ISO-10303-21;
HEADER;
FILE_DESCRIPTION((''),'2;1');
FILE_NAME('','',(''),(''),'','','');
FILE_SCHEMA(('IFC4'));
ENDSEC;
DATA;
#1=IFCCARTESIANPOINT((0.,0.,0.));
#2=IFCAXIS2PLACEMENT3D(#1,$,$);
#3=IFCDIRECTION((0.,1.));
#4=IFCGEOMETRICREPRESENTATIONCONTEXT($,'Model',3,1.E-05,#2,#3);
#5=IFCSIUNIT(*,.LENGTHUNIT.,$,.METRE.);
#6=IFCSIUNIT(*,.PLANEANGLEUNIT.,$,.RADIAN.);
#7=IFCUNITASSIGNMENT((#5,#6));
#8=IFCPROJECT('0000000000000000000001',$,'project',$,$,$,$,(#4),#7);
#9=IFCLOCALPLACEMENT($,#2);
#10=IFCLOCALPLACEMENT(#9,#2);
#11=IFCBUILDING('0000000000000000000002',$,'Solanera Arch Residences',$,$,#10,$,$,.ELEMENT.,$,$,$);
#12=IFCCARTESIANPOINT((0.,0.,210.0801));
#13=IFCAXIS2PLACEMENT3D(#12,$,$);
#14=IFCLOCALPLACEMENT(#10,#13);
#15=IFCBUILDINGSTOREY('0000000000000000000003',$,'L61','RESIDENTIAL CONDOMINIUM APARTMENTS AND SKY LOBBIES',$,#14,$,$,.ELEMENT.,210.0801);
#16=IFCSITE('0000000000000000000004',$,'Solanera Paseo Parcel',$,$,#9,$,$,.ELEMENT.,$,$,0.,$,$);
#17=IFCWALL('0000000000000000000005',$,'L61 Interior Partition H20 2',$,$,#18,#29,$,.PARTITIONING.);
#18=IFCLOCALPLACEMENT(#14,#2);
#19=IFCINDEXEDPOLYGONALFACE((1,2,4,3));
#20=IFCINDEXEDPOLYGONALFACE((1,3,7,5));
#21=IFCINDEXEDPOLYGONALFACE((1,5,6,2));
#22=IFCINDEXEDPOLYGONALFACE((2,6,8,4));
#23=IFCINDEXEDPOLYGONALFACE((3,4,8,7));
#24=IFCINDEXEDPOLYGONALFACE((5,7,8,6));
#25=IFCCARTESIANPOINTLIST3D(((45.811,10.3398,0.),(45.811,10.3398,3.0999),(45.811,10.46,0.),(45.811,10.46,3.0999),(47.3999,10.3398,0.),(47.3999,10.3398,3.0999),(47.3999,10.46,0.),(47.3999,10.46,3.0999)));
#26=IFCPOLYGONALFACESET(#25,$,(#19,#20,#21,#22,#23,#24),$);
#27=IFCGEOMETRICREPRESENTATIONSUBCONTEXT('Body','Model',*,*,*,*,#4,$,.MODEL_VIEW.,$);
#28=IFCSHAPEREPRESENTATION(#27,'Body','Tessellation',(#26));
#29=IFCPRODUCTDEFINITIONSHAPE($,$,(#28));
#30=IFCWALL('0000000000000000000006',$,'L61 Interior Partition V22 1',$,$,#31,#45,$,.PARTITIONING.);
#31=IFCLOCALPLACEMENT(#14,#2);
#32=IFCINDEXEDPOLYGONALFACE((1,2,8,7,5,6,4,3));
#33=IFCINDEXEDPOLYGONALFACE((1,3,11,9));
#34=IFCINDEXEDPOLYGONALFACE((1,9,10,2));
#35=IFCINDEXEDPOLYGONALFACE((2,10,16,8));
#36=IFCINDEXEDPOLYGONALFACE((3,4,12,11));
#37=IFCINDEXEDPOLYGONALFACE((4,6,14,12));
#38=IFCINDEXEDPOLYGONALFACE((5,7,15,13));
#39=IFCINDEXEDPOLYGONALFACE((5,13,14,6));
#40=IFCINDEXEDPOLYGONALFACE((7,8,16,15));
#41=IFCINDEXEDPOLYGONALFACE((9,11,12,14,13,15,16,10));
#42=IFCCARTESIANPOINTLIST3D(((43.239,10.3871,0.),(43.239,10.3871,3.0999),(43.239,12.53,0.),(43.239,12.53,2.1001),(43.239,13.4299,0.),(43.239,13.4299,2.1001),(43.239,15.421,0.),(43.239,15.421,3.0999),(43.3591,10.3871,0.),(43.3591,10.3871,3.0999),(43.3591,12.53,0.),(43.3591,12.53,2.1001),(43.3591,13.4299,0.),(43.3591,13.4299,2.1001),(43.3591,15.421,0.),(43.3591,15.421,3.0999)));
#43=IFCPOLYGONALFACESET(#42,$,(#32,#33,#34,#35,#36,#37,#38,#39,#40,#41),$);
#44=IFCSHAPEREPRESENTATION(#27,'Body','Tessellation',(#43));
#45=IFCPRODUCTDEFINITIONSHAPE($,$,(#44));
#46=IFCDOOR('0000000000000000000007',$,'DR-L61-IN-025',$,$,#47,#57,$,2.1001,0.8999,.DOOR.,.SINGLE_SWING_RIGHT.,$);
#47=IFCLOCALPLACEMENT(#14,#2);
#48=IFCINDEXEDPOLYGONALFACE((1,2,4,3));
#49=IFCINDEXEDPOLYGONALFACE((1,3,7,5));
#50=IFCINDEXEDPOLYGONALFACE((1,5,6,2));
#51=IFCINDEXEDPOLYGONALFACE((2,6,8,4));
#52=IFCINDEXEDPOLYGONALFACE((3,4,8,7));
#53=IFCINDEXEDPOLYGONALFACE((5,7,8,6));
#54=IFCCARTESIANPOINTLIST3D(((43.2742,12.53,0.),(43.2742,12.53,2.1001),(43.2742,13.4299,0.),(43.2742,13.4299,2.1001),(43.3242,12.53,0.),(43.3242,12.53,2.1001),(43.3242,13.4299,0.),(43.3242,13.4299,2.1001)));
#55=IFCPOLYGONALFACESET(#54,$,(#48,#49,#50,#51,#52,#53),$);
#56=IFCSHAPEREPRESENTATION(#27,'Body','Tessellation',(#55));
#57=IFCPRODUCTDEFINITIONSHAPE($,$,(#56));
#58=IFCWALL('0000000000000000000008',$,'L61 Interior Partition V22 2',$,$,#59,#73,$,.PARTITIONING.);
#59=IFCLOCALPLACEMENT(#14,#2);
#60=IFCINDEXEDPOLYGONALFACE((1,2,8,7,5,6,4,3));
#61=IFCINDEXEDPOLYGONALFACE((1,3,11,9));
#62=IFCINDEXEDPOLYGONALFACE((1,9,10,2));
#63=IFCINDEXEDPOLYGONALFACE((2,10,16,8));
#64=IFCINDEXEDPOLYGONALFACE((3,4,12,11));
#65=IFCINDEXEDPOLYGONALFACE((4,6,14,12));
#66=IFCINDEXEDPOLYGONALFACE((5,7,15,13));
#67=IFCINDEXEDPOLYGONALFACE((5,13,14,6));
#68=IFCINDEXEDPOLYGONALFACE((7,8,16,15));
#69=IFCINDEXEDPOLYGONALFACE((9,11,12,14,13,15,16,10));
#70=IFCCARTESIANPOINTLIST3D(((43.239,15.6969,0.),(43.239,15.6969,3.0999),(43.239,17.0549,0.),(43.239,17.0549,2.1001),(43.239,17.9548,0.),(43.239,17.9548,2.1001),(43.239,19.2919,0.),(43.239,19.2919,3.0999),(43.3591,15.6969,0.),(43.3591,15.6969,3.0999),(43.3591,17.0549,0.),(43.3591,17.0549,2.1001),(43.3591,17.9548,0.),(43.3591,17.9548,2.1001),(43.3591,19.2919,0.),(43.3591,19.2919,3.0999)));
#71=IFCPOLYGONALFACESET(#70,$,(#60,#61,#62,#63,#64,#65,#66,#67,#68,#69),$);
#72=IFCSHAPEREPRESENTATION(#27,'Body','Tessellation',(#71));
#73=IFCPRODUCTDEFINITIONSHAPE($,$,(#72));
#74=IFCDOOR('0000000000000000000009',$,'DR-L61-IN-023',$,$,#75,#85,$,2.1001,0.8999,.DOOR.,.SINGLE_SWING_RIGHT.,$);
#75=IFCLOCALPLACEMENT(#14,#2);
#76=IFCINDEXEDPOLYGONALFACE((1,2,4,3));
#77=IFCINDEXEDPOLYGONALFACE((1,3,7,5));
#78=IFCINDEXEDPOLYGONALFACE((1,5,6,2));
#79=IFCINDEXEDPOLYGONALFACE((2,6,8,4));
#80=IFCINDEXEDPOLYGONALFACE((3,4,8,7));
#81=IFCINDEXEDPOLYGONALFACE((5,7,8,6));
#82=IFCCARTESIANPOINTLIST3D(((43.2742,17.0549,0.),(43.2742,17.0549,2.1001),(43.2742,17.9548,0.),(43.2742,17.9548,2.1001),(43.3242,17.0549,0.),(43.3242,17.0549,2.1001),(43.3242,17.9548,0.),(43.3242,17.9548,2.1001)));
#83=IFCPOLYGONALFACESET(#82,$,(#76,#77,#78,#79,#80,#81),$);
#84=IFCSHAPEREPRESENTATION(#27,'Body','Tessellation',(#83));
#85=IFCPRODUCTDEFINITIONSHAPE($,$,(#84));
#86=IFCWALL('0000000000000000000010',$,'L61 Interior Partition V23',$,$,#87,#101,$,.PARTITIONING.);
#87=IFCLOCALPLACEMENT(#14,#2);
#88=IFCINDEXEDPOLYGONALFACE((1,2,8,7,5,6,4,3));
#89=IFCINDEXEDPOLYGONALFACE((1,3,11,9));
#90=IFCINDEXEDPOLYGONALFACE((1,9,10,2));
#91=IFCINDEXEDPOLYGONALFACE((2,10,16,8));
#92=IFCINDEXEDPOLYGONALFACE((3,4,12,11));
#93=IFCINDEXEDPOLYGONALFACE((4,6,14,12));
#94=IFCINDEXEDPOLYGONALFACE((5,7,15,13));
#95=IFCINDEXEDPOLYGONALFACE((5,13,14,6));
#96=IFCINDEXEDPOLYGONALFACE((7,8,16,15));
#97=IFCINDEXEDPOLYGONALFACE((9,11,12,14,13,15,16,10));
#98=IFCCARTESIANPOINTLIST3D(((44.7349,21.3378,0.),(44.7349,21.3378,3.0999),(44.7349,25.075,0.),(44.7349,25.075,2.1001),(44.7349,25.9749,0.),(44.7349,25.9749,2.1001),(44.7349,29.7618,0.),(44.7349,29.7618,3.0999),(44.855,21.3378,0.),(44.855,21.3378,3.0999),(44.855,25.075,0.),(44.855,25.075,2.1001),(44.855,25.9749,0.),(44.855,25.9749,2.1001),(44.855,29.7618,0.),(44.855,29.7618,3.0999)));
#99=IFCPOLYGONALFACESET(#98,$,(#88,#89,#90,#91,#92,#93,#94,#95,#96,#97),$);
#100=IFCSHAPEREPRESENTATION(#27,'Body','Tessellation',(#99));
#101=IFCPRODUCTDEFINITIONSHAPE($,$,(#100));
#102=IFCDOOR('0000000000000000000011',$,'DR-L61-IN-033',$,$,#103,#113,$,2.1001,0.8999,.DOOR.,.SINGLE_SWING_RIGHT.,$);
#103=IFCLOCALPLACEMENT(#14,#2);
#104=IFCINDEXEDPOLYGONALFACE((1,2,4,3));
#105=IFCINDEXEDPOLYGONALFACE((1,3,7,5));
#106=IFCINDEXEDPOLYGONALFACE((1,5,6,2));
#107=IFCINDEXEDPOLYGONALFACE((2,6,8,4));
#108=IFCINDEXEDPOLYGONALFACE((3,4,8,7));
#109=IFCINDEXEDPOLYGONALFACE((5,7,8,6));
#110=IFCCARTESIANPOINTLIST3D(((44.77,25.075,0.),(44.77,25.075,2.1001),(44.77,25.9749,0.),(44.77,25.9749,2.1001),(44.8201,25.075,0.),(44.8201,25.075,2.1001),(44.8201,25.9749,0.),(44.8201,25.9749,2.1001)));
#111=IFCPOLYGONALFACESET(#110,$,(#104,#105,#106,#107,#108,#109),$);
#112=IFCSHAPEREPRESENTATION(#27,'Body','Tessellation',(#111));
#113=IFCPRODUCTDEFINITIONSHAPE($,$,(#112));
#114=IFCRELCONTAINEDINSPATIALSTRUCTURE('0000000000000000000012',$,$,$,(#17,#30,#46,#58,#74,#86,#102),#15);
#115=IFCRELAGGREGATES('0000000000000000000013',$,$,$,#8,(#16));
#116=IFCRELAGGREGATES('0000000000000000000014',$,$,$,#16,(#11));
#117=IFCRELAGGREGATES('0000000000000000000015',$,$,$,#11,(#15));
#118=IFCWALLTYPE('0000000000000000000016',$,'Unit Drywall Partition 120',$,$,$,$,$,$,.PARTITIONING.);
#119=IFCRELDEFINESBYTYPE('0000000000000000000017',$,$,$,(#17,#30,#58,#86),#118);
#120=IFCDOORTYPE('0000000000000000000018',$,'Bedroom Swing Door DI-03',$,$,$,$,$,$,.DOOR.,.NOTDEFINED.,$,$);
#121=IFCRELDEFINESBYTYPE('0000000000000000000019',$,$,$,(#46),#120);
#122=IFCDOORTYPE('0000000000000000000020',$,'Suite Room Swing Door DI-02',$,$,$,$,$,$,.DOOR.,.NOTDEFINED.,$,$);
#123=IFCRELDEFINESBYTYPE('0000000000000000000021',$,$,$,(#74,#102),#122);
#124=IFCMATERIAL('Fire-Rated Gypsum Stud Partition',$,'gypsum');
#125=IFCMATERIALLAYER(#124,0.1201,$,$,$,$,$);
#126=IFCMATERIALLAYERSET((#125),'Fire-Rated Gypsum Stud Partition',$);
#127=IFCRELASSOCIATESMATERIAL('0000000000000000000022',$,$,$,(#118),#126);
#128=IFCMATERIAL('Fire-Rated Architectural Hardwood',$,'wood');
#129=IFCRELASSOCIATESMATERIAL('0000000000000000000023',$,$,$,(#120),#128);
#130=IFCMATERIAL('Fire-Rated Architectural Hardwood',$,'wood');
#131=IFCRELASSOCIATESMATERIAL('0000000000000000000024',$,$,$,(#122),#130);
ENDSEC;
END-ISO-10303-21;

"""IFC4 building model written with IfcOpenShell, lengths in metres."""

from ifc_helpers import new_model, si_unit, direction, frame, frame_2d, origin, place, context, subcontext, project, spatial, rectangle, extrude, material, layer, layer_set, type_object, element, fill, save


model = new_model("IFC4")

# Units and contexts
model_context = context("Model", 3, precision=1e-05, world=origin(), true_north=direction((0.0, 1.0)))
body_context = subcontext(model_context, "Body", "Model", "MODEL_VIEW")
ifc_project = project(units=[si_unit("LENGTHUNIT", "METRE"), si_unit("PLANEANGLEUNIT", "RADIAN")], contexts=[model_context])

# Site, building, storey
site_placement = place(None, origin())
site = spatial("IfcSite", under=ifc_project, at=site_placement, Name="Solanera Paseo Parcel", CompositionType="ELEMENT", RefElevation=0.0)
building_placement = place(site_placement, origin())
building = spatial("IfcBuilding", under=site, at=building_placement, Name="Solanera Arch Residences", CompositionType="ELEMENT")
storey_placement = place(building_placement, frame((0.0, 0.0, 210.0801)))
storey = spatial("IfcBuildingStorey", under=building, at=storey_placement, Name="L61", Description="RESIDENTIAL CONDOMINIUM APARTMENTS AND SKY LOBBIES", CompositionType="ELEMENT", Elevation=210.0801)

# Wall
ifc_material_1 = material(Name="Fire-Rated Gypsum Stud Partition", Category="gypsum")
ifc_layer_1 = layer(ifc_material_1, 0.1201)
ifc_layer_set_1 = layer_set([ifc_layer_1], Name="Fire-Rated Gypsum Stud Partition")
wall_type_1 = type_object("IfcWallType", Name="Unit Drywall Partition 120", PredefinedType="PARTITIONING", material=ifc_layer_set_1)
wall_1_placement = place(storey_placement, frame((45.811, 10.3999, 0.0), z_axis=(0.0, 0.0, 1.0), x_axis=(1.0, 0.0, 0.0)))
element("IfcWall", 1, at=wall_1_placement, inside=storey, type_object=wall_type_1, Name="L61 Interior Partition H20 2", PredefinedType="PARTITIONING", context=body_context, shape_type="SweptSolid", body=[
    extrude(rectangle(XDim=1.5889, YDim=0.1201, at=frame_2d((0.7944, 0.0))), origin(), (0.0, 0.0, 1.0), 3.0999),
])

# Walls, openings, doors
wall_2_placement = place(storey_placement, frame((43.2991, 10.387, 0.0), z_axis=(0.0, 0.0, 1.0), x_axis=(0.0, 1.0, 0.0)))
wall_2 = element("IfcWall", 2, at=wall_2_placement, inside=storey, type_object=wall_type_1, Name="L61 Interior Partition V22 1", PredefinedType="PARTITIONING", context=body_context, shape_type="SweptSolid", body=[
    extrude(rectangle(XDim=5.0339, YDim=0.1201, at=frame_2d((2.5171, 0.0))), origin(), (0.0, 0.0, 1.0), 3.0999),
])
opening_1_placement = place(wall_2_placement, frame((2.1431, 0.0, 0.0)))
opening_1 = element("IfcOpeningElement", 3, at=opening_1_placement, cuts=wall_2, PredefinedType="OPENING", context=body_context, shape_type="SweptSolid", body=[
    extrude(rectangle(XDim=0.8999, YDim=2.1001, at=frame_2d((0.45, 1.05))), frame((0.0, 0.0701, 0.0), z_axis=(0.0, -1.0, 0.0), x_axis=(1.0, 0.0, 0.0)), (0.0, 0.0, 1.0), 0.1401),
])
ifc_material_2 = material(Name="Fire-Rated Architectural Hardwood", Category="wood")
door_type_1 = type_object("IfcDoorType", Name="Bedroom Swing Door DI-03", OperationType="NOTDEFINED", PredefinedType="DOOR", material=ifc_material_2)
door_1_placement = place(opening_1_placement, origin())
door_1 = element("IfcDoor", 4, at=door_1_placement, inside=storey, type_object=door_type_1, Name="DR-L61-IN-025", OperationType="SINGLE_SWING_RIGHT", OverallHeight=2.1001, OverallWidth=0.8999, PredefinedType="DOOR", context=body_context, shape_type="SweptSolid", body=[
    extrude(rectangle(XDim=0.8999, YDim=2.1001, at=frame_2d((0.45, 1.05))), frame((0.0, 0.0249, 0.0), z_axis=(0.0, -1.0, 0.0), x_axis=(1.0, 0.0, 0.0)), (0.0, 0.0, 1.0), 0.05),
])
fill(opening_1, door_1)
wall_3_placement = place(storey_placement, frame((43.2991, 15.697, 0.0), z_axis=(0.0, 0.0, 1.0), x_axis=(0.0, 1.0, 0.0)))
wall_3 = element("IfcWall", 5, at=wall_3_placement, inside=storey, type_object=wall_type_1, Name="L61 Interior Partition V22 2", PredefinedType="PARTITIONING", context=body_context, shape_type="SweptSolid", body=[
    extrude(rectangle(XDim=3.595, YDim=0.1201, at=frame_2d((1.7974, 0.0))), origin(), (0.0, 0.0, 1.0), 3.0999),
])
opening_2_placement = place(wall_3_placement, frame((1.3579, 0.0, 0.0)))
opening_2 = element("IfcOpeningElement", 6, at=opening_2_placement, cuts=wall_3, PredefinedType="OPENING", context=body_context, shape_type="SweptSolid", body=[
    extrude(rectangle(XDim=0.8999, YDim=2.1001, at=frame_2d((0.45, 1.05))), frame((0.0, 0.0701, 0.0), z_axis=(0.0, -1.0, 0.0), x_axis=(1.0, 0.0, 0.0)), (0.0, 0.0, 1.0), 0.1401),
])
ifc_material_3 = material(Name="Fire-Rated Architectural Hardwood", Category="wood")
door_type_2 = type_object("IfcDoorType", Name="Suite Room Swing Door DI-02", OperationType="NOTDEFINED", PredefinedType="DOOR", material=ifc_material_3)
door_2_placement = place(opening_2_placement, origin())
door_2 = element("IfcDoor", 7, at=door_2_placement, inside=storey, type_object=door_type_2, Name="DR-L61-IN-023", OperationType="SINGLE_SWING_RIGHT", OverallHeight=2.1001, OverallWidth=0.8999, PredefinedType="DOOR", context=body_context, shape_type="SweptSolid", body=[
    extrude(rectangle(XDim=0.8999, YDim=2.1001, at=frame_2d((0.45, 1.05))), frame((0.0, 0.0249, 0.0), z_axis=(0.0, -1.0, 0.0), x_axis=(1.0, 0.0, 0.0)), (0.0, 0.0, 1.0), 0.05),
])
fill(opening_2, door_2)
wall_4_placement = place(storey_placement, frame((44.7949, 21.3379, 0.0), z_axis=(0.0, 0.0, 1.0), x_axis=(0.0, 1.0, 0.0)))
wall_4 = element("IfcWall", 8, at=wall_4_placement, inside=storey, type_object=wall_type_1, Name="L61 Interior Partition V23", PredefinedType="PARTITIONING", context=body_context, shape_type="SweptSolid", body=[
    extrude(rectangle(XDim=8.4241, YDim=0.1201, at=frame_2d((4.2119, 0.0))), origin(), (0.0, 0.0, 1.0), 3.0999),
])
opening_3_placement = place(wall_4_placement, frame((3.7371, 0.0, 0.0)))
opening_3 = element("IfcOpeningElement", 9, at=opening_3_placement, cuts=wall_4, PredefinedType="OPENING", context=body_context, shape_type="SweptSolid", body=[
    extrude(rectangle(XDim=0.8999, YDim=2.1001, at=frame_2d((0.45, 1.05))), frame((0.0, 0.0701, 0.0), z_axis=(0.0, -1.0, 0.0), x_axis=(1.0, 0.0, 0.0)), (0.0, 0.0, 1.0), 0.1401),
])
door_3_placement = place(opening_3_placement, origin())
door_3 = element("IfcDoor", 10, at=door_3_placement, inside=storey, type_object=door_type_2, Name="DR-L61-IN-033", OperationType="SINGLE_SWING_RIGHT", OverallHeight=2.1001, OverallWidth=0.8999, PredefinedType="DOOR", context=body_context, shape_type="SweptSolid", body=[
    extrude(rectangle(XDim=0.8999, YDim=2.1001, at=frame_2d((0.45, 1.05))), frame((0.0, 0.0249, 0.0), z_axis=(0.0, -1.0, 0.0), x_axis=(1.0, 0.0, 0.0)), (0.0, 0.0, 1.0), 0.05),
])
fill(opening_3, door_3)

save(model, "model.ifc")
